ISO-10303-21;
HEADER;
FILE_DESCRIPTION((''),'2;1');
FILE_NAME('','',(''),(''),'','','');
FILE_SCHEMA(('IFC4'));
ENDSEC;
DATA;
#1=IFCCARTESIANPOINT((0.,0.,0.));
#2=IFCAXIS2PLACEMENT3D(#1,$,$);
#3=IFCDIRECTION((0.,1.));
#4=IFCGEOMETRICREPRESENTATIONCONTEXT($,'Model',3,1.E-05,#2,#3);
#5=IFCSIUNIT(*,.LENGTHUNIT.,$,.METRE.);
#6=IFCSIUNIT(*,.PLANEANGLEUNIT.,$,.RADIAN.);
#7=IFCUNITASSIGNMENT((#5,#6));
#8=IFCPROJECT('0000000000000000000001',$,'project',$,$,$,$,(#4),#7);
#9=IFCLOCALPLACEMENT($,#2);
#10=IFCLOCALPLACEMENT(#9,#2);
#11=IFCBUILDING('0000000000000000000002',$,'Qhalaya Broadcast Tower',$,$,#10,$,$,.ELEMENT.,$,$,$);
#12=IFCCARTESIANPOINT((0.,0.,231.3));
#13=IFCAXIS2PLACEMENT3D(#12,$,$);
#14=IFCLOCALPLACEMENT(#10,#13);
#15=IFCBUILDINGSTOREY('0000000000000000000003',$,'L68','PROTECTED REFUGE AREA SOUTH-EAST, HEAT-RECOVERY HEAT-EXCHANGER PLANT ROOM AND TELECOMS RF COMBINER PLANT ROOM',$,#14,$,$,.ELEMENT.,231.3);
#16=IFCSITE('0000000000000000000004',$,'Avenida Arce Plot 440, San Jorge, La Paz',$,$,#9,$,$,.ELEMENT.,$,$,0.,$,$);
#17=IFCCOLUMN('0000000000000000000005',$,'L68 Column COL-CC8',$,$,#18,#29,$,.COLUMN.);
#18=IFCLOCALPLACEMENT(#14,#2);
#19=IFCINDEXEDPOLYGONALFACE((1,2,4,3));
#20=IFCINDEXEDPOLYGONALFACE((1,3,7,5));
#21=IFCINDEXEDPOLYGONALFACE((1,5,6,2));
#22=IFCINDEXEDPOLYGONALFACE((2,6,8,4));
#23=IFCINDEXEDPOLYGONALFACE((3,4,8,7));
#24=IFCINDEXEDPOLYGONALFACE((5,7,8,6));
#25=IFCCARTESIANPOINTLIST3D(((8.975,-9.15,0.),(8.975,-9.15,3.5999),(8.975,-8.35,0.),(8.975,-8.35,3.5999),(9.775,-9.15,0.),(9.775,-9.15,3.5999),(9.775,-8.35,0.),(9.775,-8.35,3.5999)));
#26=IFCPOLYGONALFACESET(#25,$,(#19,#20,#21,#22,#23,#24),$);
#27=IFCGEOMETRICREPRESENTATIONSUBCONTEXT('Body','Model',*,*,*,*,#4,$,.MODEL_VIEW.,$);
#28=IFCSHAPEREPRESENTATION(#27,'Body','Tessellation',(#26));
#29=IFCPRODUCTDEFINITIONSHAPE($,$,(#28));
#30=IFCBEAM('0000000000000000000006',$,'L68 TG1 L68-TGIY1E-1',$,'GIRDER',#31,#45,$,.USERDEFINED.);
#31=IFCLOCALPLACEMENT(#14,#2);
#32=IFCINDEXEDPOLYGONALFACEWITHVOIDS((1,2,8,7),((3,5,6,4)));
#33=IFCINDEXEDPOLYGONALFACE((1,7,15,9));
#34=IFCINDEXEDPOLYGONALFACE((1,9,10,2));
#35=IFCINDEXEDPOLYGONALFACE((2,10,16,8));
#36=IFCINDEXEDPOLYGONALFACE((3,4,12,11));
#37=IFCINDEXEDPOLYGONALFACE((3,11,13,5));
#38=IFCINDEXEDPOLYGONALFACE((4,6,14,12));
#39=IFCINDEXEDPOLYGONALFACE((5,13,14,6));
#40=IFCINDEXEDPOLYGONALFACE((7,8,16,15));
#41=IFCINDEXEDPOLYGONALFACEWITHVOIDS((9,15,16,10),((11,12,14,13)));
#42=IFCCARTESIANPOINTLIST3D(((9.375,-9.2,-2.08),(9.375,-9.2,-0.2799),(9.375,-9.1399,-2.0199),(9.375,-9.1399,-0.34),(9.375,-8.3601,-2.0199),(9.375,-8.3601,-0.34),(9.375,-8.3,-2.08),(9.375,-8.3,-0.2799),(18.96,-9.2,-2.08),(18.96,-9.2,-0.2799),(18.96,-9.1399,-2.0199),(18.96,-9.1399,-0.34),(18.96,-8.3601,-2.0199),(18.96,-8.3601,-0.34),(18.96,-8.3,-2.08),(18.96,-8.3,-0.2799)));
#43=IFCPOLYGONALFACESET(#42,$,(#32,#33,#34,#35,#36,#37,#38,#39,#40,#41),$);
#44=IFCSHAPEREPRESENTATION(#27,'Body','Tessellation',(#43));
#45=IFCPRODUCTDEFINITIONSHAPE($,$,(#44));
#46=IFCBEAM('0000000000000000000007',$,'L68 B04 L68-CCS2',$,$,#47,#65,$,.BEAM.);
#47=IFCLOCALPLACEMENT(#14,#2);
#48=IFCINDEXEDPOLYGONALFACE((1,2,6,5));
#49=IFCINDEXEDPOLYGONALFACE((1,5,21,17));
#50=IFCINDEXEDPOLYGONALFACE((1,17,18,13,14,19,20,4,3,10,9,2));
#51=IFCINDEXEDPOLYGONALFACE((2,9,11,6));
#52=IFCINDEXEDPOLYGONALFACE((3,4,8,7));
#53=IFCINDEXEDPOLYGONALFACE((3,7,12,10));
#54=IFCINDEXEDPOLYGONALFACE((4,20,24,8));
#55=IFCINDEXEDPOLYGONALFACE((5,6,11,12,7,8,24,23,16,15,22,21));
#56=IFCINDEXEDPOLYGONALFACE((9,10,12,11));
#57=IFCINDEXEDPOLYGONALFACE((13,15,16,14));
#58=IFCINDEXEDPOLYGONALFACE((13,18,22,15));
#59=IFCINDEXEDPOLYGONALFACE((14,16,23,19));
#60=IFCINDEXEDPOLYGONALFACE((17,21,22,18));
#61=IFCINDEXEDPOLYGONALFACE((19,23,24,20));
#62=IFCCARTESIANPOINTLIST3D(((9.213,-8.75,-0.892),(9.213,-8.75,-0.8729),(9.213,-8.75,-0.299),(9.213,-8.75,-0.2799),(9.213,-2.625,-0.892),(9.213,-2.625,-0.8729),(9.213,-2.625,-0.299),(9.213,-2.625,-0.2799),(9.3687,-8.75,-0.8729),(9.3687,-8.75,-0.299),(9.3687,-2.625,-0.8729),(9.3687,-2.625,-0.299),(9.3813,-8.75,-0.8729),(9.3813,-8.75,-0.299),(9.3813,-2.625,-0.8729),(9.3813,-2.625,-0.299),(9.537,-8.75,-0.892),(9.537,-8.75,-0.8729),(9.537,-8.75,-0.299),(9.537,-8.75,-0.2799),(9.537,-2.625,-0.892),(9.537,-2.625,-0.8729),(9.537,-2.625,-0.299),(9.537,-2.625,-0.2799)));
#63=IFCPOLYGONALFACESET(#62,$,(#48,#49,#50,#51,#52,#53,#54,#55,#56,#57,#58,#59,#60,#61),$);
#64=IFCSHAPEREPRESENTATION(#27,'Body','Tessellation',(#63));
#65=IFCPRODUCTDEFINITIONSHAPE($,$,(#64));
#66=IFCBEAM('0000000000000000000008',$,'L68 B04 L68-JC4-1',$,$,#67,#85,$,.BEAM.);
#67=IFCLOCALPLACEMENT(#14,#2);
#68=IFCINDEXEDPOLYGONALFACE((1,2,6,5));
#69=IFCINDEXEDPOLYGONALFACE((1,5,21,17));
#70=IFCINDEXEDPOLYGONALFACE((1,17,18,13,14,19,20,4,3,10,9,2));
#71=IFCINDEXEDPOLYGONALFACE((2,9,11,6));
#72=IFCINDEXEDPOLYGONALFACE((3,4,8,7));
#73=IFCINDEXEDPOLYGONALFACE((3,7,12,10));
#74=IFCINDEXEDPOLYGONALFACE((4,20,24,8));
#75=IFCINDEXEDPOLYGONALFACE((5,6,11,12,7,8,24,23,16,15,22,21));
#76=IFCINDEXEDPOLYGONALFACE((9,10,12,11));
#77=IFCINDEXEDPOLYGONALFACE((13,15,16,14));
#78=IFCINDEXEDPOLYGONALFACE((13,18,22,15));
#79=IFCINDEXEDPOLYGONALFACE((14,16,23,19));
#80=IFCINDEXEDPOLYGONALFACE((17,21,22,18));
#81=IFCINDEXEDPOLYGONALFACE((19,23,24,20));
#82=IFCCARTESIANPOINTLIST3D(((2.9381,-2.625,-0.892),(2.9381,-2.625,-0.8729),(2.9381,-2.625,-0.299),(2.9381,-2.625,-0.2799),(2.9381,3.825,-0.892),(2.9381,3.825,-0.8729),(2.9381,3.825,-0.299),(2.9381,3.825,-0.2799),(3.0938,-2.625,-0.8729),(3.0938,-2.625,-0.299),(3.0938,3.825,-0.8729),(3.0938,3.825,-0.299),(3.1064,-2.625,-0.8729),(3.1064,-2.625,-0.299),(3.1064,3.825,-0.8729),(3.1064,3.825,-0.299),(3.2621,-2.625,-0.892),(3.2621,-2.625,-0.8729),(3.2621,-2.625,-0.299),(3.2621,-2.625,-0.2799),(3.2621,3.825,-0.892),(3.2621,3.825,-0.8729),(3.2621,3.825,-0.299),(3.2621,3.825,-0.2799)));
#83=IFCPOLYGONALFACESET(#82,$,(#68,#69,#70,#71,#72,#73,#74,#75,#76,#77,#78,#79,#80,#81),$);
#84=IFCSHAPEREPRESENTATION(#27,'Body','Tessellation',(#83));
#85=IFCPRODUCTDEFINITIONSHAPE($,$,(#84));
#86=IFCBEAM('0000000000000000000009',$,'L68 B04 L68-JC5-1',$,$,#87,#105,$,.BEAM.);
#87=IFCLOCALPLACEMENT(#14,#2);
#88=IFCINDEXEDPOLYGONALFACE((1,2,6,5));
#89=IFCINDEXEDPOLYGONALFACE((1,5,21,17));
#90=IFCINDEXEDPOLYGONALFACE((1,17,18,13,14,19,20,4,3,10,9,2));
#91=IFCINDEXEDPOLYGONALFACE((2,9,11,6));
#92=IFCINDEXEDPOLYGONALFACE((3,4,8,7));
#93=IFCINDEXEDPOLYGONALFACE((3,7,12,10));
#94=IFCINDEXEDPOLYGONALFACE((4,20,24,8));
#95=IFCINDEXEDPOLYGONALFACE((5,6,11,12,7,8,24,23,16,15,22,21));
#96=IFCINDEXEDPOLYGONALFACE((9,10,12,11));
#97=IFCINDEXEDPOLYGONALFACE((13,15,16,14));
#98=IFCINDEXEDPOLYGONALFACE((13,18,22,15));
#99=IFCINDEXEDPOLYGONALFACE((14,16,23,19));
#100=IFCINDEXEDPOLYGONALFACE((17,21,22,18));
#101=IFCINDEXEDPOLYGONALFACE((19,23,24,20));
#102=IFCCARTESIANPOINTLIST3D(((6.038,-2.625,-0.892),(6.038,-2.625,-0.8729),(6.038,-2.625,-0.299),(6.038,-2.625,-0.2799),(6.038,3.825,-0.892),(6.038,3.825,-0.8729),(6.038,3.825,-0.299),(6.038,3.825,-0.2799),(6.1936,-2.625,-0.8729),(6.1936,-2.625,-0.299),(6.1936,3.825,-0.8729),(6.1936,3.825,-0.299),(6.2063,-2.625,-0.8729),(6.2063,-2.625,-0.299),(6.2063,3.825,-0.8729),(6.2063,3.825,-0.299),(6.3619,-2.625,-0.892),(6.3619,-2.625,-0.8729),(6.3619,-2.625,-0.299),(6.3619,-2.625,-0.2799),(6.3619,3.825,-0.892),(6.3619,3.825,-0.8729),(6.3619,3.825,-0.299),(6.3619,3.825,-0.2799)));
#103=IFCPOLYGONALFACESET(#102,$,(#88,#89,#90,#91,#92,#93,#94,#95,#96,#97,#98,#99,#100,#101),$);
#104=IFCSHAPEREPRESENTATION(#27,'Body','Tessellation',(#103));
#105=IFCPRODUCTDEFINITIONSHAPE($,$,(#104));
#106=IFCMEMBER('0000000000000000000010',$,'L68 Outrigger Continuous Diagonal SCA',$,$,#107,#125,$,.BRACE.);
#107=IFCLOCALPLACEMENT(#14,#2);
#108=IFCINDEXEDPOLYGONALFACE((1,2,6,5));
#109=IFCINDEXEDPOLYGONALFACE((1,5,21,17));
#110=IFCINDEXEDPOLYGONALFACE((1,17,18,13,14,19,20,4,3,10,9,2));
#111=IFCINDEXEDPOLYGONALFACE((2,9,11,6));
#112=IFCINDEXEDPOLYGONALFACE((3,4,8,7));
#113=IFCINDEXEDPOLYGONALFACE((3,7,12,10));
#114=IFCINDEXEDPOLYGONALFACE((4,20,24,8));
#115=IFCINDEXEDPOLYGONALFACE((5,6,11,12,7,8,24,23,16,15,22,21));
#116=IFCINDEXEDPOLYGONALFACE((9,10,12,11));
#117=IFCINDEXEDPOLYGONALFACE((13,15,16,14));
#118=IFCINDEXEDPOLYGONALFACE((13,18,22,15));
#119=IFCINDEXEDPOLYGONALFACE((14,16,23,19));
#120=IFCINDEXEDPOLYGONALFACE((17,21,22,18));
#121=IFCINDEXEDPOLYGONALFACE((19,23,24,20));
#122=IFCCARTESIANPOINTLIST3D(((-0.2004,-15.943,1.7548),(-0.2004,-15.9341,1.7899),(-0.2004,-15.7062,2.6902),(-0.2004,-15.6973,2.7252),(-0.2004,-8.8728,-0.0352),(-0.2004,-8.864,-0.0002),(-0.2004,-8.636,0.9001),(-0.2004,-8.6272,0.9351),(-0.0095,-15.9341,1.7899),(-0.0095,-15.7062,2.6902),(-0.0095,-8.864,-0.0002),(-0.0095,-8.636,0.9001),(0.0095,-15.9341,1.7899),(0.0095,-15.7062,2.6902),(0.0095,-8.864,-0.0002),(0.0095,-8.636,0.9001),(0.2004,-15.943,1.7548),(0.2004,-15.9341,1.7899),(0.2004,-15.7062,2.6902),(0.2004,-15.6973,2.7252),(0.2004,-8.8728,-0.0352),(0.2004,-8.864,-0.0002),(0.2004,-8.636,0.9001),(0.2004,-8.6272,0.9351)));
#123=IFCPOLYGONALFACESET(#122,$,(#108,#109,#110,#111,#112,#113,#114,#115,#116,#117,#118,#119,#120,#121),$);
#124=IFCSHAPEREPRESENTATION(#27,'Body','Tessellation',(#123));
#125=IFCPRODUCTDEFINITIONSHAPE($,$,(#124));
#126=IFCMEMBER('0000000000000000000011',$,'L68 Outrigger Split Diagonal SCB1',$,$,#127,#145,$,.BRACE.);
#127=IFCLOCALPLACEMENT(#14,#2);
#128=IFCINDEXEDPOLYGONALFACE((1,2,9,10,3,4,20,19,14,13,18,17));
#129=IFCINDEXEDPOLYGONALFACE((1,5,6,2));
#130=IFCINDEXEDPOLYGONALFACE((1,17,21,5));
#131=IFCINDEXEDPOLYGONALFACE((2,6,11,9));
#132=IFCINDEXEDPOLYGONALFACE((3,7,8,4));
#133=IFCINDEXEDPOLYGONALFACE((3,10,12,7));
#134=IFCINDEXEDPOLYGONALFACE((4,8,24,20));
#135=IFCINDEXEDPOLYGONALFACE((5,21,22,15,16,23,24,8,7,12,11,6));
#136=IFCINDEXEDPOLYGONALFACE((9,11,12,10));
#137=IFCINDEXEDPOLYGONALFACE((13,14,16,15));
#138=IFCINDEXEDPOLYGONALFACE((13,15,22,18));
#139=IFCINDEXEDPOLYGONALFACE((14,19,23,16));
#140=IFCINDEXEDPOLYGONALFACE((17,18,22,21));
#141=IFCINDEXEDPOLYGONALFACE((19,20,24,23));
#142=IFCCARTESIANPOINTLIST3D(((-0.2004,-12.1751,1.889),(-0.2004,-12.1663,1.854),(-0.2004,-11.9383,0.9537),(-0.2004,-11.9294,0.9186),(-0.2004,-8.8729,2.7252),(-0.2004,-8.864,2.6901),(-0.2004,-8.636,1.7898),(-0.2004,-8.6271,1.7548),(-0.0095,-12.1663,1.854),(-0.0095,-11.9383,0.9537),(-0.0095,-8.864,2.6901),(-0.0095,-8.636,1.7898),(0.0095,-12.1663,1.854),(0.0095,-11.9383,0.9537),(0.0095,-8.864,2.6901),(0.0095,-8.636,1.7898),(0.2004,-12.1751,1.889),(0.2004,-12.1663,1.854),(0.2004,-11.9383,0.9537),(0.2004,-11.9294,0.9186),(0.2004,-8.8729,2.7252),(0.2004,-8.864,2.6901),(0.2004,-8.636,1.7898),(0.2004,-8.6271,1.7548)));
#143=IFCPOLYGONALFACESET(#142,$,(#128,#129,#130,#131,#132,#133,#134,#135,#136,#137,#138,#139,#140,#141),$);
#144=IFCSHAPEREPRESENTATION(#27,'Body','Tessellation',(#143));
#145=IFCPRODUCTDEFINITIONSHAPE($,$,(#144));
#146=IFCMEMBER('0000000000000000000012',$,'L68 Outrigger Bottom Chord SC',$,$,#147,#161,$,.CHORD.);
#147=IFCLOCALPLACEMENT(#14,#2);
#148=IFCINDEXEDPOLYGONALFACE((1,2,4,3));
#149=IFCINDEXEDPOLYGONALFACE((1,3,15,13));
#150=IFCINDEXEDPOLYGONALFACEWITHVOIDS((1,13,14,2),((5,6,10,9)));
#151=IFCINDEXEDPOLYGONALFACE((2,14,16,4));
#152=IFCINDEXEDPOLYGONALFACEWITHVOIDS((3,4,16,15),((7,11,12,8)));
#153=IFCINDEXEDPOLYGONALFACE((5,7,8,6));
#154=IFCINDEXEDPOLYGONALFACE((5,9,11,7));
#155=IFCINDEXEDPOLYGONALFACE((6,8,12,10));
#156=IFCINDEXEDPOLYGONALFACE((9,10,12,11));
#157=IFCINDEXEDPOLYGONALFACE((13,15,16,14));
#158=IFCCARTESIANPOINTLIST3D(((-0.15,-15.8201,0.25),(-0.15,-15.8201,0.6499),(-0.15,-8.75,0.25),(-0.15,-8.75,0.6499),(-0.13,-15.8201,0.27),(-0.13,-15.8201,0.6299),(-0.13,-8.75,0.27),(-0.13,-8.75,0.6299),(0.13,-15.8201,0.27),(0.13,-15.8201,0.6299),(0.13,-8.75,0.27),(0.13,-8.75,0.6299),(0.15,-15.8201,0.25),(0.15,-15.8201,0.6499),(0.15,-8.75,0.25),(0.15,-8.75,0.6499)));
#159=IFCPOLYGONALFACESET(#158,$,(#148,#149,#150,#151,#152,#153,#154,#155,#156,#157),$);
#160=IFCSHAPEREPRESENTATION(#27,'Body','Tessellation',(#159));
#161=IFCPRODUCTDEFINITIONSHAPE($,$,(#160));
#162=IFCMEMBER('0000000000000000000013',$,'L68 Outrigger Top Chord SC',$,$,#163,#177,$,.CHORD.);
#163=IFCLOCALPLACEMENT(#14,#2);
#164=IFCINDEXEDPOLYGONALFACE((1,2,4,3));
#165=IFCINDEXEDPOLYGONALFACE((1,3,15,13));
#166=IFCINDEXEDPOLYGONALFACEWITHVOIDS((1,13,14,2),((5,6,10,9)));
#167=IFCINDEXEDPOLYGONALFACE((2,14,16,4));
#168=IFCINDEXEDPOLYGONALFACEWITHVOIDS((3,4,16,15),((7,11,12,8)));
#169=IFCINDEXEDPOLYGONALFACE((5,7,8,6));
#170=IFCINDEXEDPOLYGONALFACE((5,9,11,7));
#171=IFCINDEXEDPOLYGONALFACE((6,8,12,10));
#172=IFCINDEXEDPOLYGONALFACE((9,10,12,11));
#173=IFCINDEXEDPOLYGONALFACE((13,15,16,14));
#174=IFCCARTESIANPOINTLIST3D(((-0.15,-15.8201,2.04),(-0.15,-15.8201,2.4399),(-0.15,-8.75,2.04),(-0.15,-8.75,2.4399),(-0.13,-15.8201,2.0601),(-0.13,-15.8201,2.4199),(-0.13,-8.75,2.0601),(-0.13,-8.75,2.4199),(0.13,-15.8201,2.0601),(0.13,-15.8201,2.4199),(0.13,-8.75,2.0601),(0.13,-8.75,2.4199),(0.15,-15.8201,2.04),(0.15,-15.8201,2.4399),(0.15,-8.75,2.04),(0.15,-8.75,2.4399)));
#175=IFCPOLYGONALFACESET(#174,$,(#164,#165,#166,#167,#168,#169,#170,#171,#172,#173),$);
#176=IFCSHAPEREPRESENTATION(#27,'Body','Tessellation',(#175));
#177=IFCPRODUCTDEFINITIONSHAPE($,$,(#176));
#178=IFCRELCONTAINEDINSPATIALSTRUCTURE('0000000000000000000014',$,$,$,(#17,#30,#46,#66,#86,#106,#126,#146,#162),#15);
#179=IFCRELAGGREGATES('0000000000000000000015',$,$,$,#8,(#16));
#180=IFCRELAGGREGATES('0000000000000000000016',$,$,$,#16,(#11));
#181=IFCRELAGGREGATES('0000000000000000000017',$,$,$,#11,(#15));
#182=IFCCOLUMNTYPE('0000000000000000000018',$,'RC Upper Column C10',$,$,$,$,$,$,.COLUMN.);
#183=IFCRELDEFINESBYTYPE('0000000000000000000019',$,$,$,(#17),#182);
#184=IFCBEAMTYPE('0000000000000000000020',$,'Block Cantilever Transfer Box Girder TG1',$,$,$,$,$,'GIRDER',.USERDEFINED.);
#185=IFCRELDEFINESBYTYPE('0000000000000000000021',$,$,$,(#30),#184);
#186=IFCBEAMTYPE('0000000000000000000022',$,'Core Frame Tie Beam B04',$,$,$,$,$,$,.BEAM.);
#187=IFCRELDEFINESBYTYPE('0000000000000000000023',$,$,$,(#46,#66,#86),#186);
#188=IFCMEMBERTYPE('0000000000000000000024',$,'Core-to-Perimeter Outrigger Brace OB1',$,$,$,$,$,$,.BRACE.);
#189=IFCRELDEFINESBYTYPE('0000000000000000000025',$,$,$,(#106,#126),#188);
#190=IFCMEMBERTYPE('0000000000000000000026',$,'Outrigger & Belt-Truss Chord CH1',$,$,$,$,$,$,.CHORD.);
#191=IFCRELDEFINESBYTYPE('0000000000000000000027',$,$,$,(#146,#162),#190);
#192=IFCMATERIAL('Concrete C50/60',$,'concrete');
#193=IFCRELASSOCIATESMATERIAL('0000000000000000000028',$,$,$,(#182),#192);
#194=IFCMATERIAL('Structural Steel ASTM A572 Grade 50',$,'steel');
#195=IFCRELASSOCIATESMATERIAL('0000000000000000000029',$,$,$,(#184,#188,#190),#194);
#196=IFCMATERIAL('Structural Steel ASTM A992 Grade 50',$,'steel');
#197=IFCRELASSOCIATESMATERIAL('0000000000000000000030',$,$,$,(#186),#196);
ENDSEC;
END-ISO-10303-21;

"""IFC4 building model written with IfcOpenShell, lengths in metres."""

from ifc_helpers import new_model, si_unit, direction, frame, origin, origin_2d, place, context, subcontext, project, spatial, rectangle, hollow_rectangle, i_section, extrude, material, material_profile, profile_set, type_object, element, save


model = new_model("IFC4")

# Units and contexts
model_context = context("Model", 3, precision=1e-05, world=origin(), true_north=direction((0.0, 1.0)))
body_context = subcontext(model_context, "Body", "Model", "MODEL_VIEW")
ifc_project = project(units=[si_unit("LENGTHUNIT", "METRE"), si_unit("PLANEANGLEUNIT", "RADIAN")], contexts=[model_context])

# Site, building, storey
site_placement = place(None, origin())
site = spatial("IfcSite", under=ifc_project, at=site_placement, Name="Avenida Arce Plot 440, San Jorge, La Paz", CompositionType="ELEMENT", RefElevation=0.0)
building_placement = place(site_placement, origin())
building = spatial("IfcBuilding", under=site, at=building_placement, Name="Qhalaya Broadcast Tower", CompositionType="ELEMENT")
storey_placement = place(building_placement, frame((0.0, 0.0, 231.3)))
storey = spatial("IfcBuildingStorey", under=building, at=storey_placement, Name="L68", Description="PROTECTED REFUGE AREA SOUTH-EAST, HEAT-RECOVERY HEAT-EXCHANGER PLANT ROOM AND TELECOMS RF COMBINER PLANT ROOM", CompositionType="ELEMENT", Elevation=231.3)

# Column
ifc_material_1 = material(Name="Concrete C50/60", Category="concrete")
ifc_material_profile_1 = material_profile(ifc_material_1, rectangle(XDim=0.8, YDim=0.8, at=origin_2d()), Name="RC-COL 800x800")
ifc_profile_set_1 = profile_set([ifc_material_profile_1], Name="Concrete C50/60")
column_type = type_object("IfcColumnType", Name="RC Upper Column C10", PredefinedType="COLUMN", material=ifc_profile_set_1)
column_placement = place(storey_placement, frame((9.375, -8.75, 0.0), z_axis=(0.0, 0.0, 1.0), x_axis=(1.0, 0.0, 0.0)))
element("IfcColumn", 1, at=column_placement, inside=storey, type_object=column_type, Name="L68 Column COL-CC8", PredefinedType="COLUMN", context=body_context, shape_type="SweptSolid", body=[
    extrude(rectangle(XDim=0.8, YDim=0.8, at=origin_2d()), origin(), (0.0, 0.0, 1.0), 3.5999),
])

# Beams
ifc_material_2 = material(Name="Structural Steel ASTM A572 Grade 50", Category="steel")
ifc_material_profile_2 = material_profile(ifc_material_2, hollow_rectangle(XDim=0.8999, YDim=1.8, WallThickness=0.0601, at=origin_2d()), Name="BOX 900x1800x60")
ifc_profile_set_2 = profile_set([ifc_material_profile_2], Name="Structural Steel ASTM A572 Grade 50")
beam_type_1 = type_object("IfcBeamType", Name="Block Cantilever Transfer Box Girder TG1", ElementType="GIRDER", PredefinedType="USERDEFINED", material=ifc_profile_set_2)
beam_1_placement = place(storey_placement, frame((9.375, -8.75, -1.1799), z_axis=(1.0, 0.0, 0.0), x_axis=(0.0, 1.0, 0.0)))
element("IfcBeam", 2, at=beam_1_placement, inside=storey, type_object=beam_type_1, Name="L68 TG1 L68-TGIY1E-1", ObjectType="GIRDER", PredefinedType="USERDEFINED", context=body_context, shape_type="SweptSolid", body=[
    extrude(hollow_rectangle(XDim=0.8999, YDim=1.8, WallThickness=0.0601, at=origin_2d()), origin(), (0.0, 0.0, 1.0), 9.585),
])
ifc_material_3 = material(Name="Structural Steel ASTM A992 Grade 50", Category="steel")
ifc_material_profile_3 = material_profile(ifc_material_3, i_section(OverallWidth=0.324, OverallDepth=0.6121, WebThickness=0.0127, FlangeThickness=0.019, at=origin_2d()), Name="W24X104")
ifc_profile_set_3 = profile_set([ifc_material_profile_3], Name="Structural Steel ASTM A992 Grade 50")
beam_type_2 = type_object("IfcBeamType", Name="Core Frame Tie Beam B04", PredefinedType="BEAM", material=ifc_profile_set_3)
beam_2_placement = place(storey_placement, frame((9.375, -8.75, -0.5859), z_axis=(0.0, 1.0, 0.0), x_axis=(-1.0, 0.0, 0.0)))
element("IfcBeam", 3, at=beam_2_placement, inside=storey, type_object=beam_type_2, Name="L68 B04 L68-CCS2", PredefinedType="BEAM", context=body_context, shape_type="SweptSolid", body=[
    extrude(i_section(OverallWidth=0.324, OverallDepth=0.6121, WebThickness=0.0127, FlangeThickness=0.019, at=origin_2d()), origin(), (0.0, 0.0, 1.0), 6.125),
])
for number, where, z_axis, x_axis, name in (
    (4, (3.1001, -2.625, -0.5859), (0.0, 1.0, 0.0), (-1.0, 0.0, 0.0), "L68 B04 L68-JC4-1"),
    (5, (6.2, -2.625, -0.5859), (0.0, 1.0, 0.0), (-1.0, 0.0, 0.0), "L68 B04 L68-JC5-1"),
):
    element("IfcBeam", number, at=place(storey_placement, frame(where, z_axis=z_axis, x_axis=x_axis)), inside=storey, type_object=beam_type_2, Name=name, PredefinedType="BEAM", context=body_context, shape_type="SweptSolid", body=[
        extrude(i_section(OverallWidth=0.324, OverallDepth=0.6121, WebThickness=0.0127, FlangeThickness=0.019, at=origin_2d()), origin(), (0.0, 0.0, 1.0), 6.45),
    ])

# Members
ifc_material_profile_4 = material_profile(ifc_material_2, i_section(OverallWidth=0.4009, OverallDepth=1.001, WebThickness=0.019, FlangeThickness=0.0361, at=origin_2d()), Name="W40X249")
ifc_profile_set_4 = profile_set([ifc_material_profile_4], Name="Structural Steel ASTM A572 Grade 50")
member_type_1 = type_object("IfcMemberType", Name="Core-to-Perimeter Outrigger Brace OB1", PredefinedType="BRACE", material=ifc_profile_set_4)
member_1_placement = place(storey_placement, frame((0.0, -8.75, 0.45), z_axis=(0.0, -0.969412, 0.245441), x_axis=(1.0, 0.0, 0.0)))
element("IfcMember", 6, at=member_1_placement, inside=storey, type_object=member_type_1, Name="L68 Outrigger Continuous Diagonal SCA", PredefinedType="BRACE", context=body_context, shape_type="SweptSolid", body=[
    extrude(i_section(OverallWidth=0.4009, OverallDepth=1.001, WebThickness=0.019, FlangeThickness=0.0361, at=origin_2d()), origin(), (0.0, 0.0, 1.0), 7.2932),
])
member_2_placement = place(storey_placement, frame((0.0, -8.75, 2.24), z_axis=(0.0, -0.969405, -0.245469), x_axis=(1.0, 0.0, 0.0)))
element("IfcMember", 7, at=member_2_placement, inside=storey, type_object=member_type_1, Name="L68 Outrigger Split Diagonal SCB1", PredefinedType="BRACE", context=body_context, shape_type="SweptSolid", body=[
    extrude(i_section(OverallWidth=0.4009, OverallDepth=1.001, WebThickness=0.019, FlangeThickness=0.0361, at=origin_2d()), origin(), (0.0, 0.0, 1.0), 3.4065),
])
ifc_material_profile_5 = material_profile(ifc_material_2, hollow_rectangle(XDim=0.3, YDim=0.3999, WallThickness=0.02, at=origin_2d()), Name="HSS 300x400x20")
ifc_profile_set_5 = profile_set([ifc_material_profile_5], Name="Structural Steel ASTM A572 Grade 50")
member_type_2 = type_object("IfcMemberType", Name="Outrigger & Belt-Truss Chord CH1", PredefinedType="CHORD", material=ifc_profile_set_5)
for number, where, z_axis, x_axis, name in (
    (8, (0.0, -8.75, 0.45), (0.0, -1.0, 0.0), (1.0, 0.0, 0.0), "L68 Outrigger Bottom Chord SC"),
    (9, (0.0, -8.75, 2.24), (0.0, -1.0, 0.0), (1.0, 0.0, 0.0), "L68 Outrigger Top Chord SC"),
):
    element("IfcMember", number, at=place(storey_placement, frame(where, z_axis=z_axis, x_axis=x_axis)), inside=storey, type_object=member_type_2, Name=name, PredefinedType="CHORD", context=body_context, shape_type="SweptSolid", body=[
        extrude(hollow_rectangle(XDim=0.3, YDim=0.3999, WallThickness=0.02, at=origin_2d()), origin(), (0.0, 0.0, 1.0), 7.0701),
    ])

save(model, "model.ifc")
